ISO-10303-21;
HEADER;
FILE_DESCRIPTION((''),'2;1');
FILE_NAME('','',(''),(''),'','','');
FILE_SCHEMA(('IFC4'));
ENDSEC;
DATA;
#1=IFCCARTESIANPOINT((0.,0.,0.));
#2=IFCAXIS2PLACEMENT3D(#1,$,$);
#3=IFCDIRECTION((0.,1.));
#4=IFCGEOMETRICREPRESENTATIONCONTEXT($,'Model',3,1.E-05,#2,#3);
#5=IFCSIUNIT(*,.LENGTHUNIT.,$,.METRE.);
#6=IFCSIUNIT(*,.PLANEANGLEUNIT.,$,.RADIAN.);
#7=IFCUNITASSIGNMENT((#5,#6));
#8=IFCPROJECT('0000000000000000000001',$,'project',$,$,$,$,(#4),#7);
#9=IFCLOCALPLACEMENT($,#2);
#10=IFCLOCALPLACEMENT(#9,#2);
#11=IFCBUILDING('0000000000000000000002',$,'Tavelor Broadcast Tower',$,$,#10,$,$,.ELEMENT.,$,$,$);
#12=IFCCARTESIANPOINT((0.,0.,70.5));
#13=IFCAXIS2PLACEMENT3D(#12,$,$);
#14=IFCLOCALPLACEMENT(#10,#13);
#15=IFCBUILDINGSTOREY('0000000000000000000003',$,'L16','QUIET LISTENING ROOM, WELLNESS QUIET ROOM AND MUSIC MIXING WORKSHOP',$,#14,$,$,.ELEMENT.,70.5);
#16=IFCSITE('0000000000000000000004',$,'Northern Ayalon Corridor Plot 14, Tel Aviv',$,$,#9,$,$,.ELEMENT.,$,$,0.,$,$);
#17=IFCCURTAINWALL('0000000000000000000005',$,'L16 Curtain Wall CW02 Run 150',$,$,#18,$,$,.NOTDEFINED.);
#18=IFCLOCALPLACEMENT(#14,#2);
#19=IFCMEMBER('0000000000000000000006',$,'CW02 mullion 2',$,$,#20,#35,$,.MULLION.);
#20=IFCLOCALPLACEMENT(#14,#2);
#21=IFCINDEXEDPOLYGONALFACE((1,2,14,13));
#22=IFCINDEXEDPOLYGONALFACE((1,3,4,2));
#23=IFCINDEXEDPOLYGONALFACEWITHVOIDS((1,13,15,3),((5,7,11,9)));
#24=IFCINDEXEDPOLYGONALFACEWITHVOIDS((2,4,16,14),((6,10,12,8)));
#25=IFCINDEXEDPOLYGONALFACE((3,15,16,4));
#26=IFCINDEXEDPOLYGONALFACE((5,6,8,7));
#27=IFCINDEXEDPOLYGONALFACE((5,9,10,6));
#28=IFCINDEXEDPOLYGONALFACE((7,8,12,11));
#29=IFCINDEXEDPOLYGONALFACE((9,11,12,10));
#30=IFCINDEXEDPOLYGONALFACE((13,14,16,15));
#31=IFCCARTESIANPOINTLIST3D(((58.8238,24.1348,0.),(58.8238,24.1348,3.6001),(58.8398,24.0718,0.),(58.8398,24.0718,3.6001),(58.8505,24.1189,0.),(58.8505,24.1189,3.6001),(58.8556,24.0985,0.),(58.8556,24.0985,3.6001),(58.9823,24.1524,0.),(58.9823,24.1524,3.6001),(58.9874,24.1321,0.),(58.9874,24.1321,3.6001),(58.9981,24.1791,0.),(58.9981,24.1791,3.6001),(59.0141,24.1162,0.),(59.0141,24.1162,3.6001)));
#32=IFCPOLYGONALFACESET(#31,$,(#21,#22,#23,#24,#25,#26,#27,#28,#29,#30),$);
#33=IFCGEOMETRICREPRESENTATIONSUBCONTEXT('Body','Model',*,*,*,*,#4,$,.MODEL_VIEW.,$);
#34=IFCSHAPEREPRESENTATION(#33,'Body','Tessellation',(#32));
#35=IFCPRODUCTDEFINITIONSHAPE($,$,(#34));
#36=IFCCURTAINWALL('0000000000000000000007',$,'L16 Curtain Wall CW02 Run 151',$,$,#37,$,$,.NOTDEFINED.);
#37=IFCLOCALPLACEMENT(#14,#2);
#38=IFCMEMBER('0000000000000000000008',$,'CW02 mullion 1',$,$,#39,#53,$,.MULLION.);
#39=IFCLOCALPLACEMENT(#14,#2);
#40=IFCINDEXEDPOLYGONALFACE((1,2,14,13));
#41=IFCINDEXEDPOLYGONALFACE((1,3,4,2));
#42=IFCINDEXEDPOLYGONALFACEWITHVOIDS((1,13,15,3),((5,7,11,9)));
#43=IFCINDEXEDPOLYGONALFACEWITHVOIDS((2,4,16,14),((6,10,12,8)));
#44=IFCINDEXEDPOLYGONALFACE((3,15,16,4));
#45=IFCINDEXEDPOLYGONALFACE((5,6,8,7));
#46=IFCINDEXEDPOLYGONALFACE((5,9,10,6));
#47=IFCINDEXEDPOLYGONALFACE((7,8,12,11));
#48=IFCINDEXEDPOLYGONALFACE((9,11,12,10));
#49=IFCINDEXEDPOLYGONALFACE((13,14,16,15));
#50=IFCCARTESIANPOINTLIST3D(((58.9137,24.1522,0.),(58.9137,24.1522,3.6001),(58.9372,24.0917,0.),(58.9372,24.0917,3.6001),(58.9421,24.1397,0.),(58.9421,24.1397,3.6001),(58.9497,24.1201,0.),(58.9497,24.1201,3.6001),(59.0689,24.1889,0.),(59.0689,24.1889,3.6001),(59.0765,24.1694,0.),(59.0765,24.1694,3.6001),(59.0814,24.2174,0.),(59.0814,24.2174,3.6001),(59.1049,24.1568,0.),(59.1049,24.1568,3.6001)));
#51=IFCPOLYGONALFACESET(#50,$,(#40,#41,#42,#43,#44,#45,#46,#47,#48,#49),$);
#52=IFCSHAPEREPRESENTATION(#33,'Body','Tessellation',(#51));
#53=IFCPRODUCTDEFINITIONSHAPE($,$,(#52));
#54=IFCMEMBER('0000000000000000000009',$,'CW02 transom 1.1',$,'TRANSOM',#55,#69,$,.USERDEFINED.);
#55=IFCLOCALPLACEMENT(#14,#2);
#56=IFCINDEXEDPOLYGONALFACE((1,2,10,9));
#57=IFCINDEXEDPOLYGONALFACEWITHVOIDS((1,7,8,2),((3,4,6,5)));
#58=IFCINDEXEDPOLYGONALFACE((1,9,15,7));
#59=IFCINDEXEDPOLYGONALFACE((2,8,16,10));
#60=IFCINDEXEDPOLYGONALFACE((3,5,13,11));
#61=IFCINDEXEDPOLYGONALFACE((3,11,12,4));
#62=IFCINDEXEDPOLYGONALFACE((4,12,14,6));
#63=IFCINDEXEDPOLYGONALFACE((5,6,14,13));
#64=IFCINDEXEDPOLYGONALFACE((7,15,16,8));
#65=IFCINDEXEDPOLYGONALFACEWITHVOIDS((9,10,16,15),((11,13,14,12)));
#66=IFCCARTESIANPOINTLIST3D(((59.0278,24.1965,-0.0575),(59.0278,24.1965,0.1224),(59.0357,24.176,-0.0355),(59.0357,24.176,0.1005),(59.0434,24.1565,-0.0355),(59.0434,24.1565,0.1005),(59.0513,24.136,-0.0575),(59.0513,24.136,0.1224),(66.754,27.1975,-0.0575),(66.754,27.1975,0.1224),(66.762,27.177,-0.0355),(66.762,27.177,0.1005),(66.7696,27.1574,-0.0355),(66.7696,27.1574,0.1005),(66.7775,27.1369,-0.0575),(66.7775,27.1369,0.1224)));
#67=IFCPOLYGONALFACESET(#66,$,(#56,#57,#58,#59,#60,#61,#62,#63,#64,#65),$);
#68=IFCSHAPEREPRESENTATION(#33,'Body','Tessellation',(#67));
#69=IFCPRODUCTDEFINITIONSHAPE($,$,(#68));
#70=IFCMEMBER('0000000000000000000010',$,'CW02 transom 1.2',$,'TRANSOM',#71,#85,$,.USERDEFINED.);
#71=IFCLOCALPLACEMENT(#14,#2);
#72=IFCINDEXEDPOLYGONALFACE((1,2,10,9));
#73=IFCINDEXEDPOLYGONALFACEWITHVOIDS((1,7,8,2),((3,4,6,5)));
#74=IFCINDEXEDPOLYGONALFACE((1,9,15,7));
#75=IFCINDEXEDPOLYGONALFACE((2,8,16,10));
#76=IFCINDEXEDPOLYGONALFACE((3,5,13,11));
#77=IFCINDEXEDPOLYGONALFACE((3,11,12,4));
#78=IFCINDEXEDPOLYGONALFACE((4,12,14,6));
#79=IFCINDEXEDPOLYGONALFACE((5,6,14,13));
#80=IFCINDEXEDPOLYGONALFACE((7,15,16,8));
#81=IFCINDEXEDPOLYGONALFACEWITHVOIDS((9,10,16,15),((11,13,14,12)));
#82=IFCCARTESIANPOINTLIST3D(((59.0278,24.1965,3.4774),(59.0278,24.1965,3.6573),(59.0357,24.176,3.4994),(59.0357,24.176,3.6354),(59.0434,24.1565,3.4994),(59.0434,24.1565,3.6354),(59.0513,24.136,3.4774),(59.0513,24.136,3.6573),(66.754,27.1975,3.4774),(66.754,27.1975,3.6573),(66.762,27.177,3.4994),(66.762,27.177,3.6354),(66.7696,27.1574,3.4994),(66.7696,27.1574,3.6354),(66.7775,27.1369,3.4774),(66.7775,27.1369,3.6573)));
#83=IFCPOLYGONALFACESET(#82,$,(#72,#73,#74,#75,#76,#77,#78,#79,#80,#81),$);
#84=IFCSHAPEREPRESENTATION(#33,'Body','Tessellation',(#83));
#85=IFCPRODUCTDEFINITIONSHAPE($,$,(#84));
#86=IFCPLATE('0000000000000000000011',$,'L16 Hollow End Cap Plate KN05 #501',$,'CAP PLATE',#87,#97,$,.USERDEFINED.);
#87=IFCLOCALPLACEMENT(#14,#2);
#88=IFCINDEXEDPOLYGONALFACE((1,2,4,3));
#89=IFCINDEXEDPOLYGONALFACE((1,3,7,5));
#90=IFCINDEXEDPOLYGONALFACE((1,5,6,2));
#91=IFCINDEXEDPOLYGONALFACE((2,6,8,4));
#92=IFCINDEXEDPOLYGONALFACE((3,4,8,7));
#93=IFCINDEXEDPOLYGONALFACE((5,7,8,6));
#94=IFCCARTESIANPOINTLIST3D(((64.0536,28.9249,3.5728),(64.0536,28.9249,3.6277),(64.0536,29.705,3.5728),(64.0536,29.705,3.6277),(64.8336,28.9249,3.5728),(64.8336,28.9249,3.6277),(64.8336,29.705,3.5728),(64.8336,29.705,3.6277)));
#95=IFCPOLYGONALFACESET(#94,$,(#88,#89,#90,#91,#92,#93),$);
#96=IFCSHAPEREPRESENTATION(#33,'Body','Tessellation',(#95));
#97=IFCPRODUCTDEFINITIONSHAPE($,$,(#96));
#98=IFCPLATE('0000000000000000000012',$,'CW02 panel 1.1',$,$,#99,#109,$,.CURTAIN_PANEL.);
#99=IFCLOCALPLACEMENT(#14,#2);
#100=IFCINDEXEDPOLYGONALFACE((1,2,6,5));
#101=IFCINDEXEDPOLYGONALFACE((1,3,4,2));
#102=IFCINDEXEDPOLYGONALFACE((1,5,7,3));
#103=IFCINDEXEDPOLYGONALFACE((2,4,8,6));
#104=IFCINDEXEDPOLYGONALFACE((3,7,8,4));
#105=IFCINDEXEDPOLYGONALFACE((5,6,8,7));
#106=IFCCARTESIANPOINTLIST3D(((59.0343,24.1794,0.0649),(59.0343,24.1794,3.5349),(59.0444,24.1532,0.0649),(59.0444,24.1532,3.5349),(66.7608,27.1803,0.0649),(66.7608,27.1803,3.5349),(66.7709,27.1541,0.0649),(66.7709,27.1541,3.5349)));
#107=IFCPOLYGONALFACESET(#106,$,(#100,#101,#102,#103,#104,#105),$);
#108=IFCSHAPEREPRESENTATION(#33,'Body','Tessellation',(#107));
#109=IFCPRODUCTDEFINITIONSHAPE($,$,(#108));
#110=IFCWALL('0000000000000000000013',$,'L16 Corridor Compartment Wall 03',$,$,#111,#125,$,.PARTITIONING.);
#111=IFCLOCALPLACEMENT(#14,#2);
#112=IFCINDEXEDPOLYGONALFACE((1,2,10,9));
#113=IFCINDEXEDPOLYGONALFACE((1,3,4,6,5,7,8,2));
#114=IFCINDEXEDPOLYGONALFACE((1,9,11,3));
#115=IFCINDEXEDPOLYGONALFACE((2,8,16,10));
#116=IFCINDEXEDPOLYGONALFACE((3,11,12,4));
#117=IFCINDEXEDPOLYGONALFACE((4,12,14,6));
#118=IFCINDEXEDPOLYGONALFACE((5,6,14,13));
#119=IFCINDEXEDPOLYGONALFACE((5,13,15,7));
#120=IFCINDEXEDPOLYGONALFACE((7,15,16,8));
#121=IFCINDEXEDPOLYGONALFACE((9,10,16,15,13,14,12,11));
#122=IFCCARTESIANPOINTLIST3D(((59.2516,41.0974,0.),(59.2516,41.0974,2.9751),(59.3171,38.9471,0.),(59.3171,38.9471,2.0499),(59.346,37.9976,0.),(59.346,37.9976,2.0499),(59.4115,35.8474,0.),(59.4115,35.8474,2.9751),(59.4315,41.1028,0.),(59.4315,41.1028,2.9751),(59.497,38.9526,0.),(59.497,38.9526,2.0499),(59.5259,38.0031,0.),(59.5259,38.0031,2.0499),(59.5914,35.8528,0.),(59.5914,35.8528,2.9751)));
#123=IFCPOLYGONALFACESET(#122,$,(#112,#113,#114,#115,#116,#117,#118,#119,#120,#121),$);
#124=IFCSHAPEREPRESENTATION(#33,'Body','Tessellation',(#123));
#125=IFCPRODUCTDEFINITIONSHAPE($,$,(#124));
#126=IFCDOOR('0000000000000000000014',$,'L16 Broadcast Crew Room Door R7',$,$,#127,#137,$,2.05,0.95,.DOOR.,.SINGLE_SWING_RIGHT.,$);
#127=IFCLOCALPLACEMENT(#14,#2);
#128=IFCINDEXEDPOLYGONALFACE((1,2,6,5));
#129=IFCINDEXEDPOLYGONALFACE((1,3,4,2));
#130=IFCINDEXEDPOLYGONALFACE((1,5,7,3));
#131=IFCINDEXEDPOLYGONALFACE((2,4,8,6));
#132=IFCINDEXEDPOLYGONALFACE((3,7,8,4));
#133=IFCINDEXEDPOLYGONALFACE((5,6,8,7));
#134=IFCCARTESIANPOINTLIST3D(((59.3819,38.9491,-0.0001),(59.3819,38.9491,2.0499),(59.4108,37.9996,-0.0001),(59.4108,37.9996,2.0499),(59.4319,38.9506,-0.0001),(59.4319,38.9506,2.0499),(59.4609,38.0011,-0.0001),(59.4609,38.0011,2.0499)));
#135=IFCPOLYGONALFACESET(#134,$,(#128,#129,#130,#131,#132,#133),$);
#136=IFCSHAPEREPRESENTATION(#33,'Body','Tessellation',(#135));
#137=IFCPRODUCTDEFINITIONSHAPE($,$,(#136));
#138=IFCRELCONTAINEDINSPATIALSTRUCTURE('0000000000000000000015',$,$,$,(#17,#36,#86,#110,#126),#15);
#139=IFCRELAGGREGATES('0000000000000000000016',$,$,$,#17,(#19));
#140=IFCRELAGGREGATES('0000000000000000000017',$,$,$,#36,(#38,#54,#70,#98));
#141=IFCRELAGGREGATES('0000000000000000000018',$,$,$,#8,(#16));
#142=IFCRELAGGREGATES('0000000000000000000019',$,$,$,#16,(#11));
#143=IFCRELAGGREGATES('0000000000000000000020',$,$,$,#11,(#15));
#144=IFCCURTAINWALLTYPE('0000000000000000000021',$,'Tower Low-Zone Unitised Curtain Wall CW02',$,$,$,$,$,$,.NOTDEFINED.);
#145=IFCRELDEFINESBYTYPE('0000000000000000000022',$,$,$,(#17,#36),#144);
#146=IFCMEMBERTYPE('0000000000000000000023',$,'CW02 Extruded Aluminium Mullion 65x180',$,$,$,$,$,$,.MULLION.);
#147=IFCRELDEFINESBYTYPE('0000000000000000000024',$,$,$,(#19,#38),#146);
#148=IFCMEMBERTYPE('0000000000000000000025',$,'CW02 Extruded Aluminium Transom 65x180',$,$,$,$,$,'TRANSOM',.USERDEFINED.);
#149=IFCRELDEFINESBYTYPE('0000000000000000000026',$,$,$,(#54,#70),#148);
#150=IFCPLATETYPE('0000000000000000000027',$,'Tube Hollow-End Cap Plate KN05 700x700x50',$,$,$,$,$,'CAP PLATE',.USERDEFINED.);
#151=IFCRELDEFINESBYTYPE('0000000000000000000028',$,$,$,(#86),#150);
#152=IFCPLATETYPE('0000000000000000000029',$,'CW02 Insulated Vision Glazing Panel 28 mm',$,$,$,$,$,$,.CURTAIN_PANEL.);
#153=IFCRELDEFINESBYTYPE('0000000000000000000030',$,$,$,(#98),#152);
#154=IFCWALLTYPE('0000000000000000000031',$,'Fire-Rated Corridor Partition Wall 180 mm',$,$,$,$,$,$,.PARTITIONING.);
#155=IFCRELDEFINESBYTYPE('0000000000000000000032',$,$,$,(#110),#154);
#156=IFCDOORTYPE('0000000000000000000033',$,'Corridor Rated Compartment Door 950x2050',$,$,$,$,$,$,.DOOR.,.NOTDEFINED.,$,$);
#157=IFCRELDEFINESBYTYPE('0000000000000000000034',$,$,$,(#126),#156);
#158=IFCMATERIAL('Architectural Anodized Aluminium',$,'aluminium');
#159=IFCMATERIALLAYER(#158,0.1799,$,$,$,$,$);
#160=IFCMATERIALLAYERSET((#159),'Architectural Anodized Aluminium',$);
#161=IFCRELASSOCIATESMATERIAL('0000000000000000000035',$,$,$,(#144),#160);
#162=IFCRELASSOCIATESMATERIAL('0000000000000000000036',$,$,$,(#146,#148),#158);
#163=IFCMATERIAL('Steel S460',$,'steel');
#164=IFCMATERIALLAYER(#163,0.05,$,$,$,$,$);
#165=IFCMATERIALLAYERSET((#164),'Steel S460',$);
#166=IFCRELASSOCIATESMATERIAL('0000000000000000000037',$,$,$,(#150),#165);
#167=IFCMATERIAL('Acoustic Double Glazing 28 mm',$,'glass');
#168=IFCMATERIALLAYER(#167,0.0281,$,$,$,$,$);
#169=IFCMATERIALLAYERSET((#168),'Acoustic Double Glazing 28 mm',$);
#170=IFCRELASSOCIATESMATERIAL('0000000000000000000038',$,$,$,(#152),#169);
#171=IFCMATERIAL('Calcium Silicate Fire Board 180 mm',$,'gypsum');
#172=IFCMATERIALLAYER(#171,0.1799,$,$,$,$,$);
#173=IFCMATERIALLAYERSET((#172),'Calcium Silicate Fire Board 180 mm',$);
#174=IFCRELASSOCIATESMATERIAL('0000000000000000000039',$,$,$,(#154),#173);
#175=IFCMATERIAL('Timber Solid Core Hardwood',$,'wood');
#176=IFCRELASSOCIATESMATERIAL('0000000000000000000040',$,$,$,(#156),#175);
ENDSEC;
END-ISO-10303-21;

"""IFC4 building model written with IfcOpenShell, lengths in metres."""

from ifc_helpers import new_model, si_unit, direction, frame, frame_2d, origin, origin_2d, place, context, subcontext, project, spatial, rectangle, hollow_rectangle, extrude, source, transform, mapped, material, layer, layer_set, material_profile, profile_set, type_object, type_shapes, element, fill, aggregate, save


model = new_model("IFC4")

# Units and contexts
model_context = context("Model", 3, precision=1e-05, world=origin(), true_north=direction((0.0, 1.0)))
body_context = subcontext(model_context, "Body", "Model", "MODEL_VIEW")
ifc_project = project(units=[si_unit("LENGTHUNIT", "METRE"), si_unit("PLANEANGLEUNIT", "RADIAN")], contexts=[model_context])

# Site, building, storey
site_placement = place(None, origin())
site = spatial("IfcSite", under=ifc_project, at=site_placement, Name="Northern Ayalon Corridor Plot 14, Tel Aviv", CompositionType="ELEMENT", RefElevation=0.0)
building_placement = place(site_placement, origin())
building = spatial("IfcBuilding", under=site, at=building_placement, Name="Tavelor Broadcast Tower", CompositionType="ELEMENT")
storey_placement = place(building_placement, frame((0.0, 0.0, 70.5)))
storey = spatial("IfcBuildingStorey", under=building, at=storey_placement, Name="L16", Description="QUIET LISTENING ROOM, WELLNESS QUIET ROOM AND MUSIC MIXING WORKSHOP", CompositionType="ELEMENT", Elevation=70.5)

# Shared definitions
ifc_material_1 = material(Name="Steel S460", Category="steel")

# Curtain wall, member
ifc_material_2 = material(Name="Architectural Anodized Aluminium", Category="aluminium")
ifc_layer_1 = layer(ifc_material_2, 0.1799)
ifc_layer_set_1 = layer_set([ifc_layer_1], Name="Architectural Anodized Aluminium")
curtain_wall_type = type_object("IfcCurtainWallType", Name="Tower Low-Zone Unitised Curtain Wall CW02", PredefinedType="NOTDEFINED", material=ifc_layer_set_1)
curtain_wall_1_placement = place(storey_placement, origin())
curtain_wall_1 = element("IfcCurtainWall", 1, at=curtain_wall_1_placement, inside=storey, type_object=curtain_wall_type, Name="L16 Curtain Wall CW02 Run 150", PredefinedType="NOTDEFINED")
ifc_material_profile_1 = material_profile(ifc_material_2, hollow_rectangle(XDim=0.0649, YDim=0.1799, WallThickness=0.022, at=origin_2d()), Name="RHS 65x180x22")
ifc_profile_set_1 = profile_set([ifc_material_profile_1], Name="Architectural Anodized Aluminium")
member_type_1 = type_object("IfcMemberType", Name="CW02 Extruded Aluminium Mullion 65x180", PredefinedType="MULLION", material=ifc_profile_set_1)
shared_shape_1 = source(origin(), body_context, "Body", "SweptSolid", [
    extrude(hollow_rectangle(XDim=0.0649, YDim=0.1799, WallThickness=0.022, at=origin_2d()), origin(), (0.0, 0.0, 1.0), 3.6001),
])
type_shapes(member_type_1, [shared_shape_1])
member_1_placement = place(storey_placement, frame((58.9189, 24.1255, 0.0), z_axis=(0.0, 0.0, 1.0), x_axis=(-0.246575, 0.969124, 0.0)))
member_1 = element("IfcMember", 2, at=member_1_placement, type_object=member_type_1, Name="CW02 mullion 2", PredefinedType="MULLION", context=body_context, shape_type="MappedRepresentation", body=[
    mapped(shared_shape_1, transform((0.0, 0.0, 0.0), scale=1.0)),
])
aggregate(curtain_wall_1, [member_1])

# Curtain wall, members
curtain_wall_2_placement = place(storey_placement, origin())
curtain_wall_2 = element("IfcCurtainWall", 3, at=curtain_wall_2_placement, inside=storey, type_object=curtain_wall_type, Name="L16 Curtain Wall CW02 Run 151", PredefinedType="NOTDEFINED")
member_2_placement = place(storey_placement, frame((59.0093, 24.1545, 0.0), z_axis=(0.0, 0.0, 1.0), x_axis=(-0.36205, 0.932159, 0.0)))
member_2 = element("IfcMember", 4, at=member_2_placement, type_object=member_type_1, Name="CW02 mullion 1", PredefinedType="MULLION", context=body_context, shape_type="MappedRepresentation", body=[
    mapped(shared_shape_1, transform((0.0, 0.0, 0.0), scale=1.0)),
])
ifc_material_profile_2 = material_profile(ifc_material_2, hollow_rectangle(XDim=0.0649, YDim=0.1799, WallThickness=0.022, at=origin_2d()), Name="RHS 65x180x22")
ifc_profile_set_2 = profile_set([ifc_material_profile_2], Name="Architectural Anodized Aluminium")
member_type_2 = type_object("IfcMemberType", Name="CW02 Extruded Aluminium Transom 65x180", ElementType="TRANSOM", PredefinedType="USERDEFINED", material=ifc_profile_set_2)
shared_shape_2 = source(origin(), body_context, "Body", "SweptSolid", [
    extrude(hollow_rectangle(XDim=0.0649, YDim=0.1799, WallThickness=0.022, at=origin_2d()), origin(), (0.0, 0.0, 1.0), 8.2886),
])
type_shapes(member_type_2, [shared_shape_2])
member_3_placement = place(storey_placement, frame((59.0396, 24.1663, 0.0325), z_axis=(0.932155, 0.362058, 0.0), x_axis=(-0.362058, 0.932155, 0.0)))
member_3 = element("IfcMember", 5, at=member_3_placement, type_object=member_type_2, Name="CW02 transom 1.1", ObjectType="TRANSOM", PredefinedType="USERDEFINED", context=body_context, shape_type="MappedRepresentation", body=[
    mapped(shared_shape_2, transform((0.0, 0.0, 0.0), scale=1.0)),
])
member_4_placement = place(storey_placement, frame((59.0396, 24.1663, 3.5674), z_axis=(0.932155, 0.362058, 0.0), x_axis=(-0.362058, 0.932155, 0.0)))
member_4 = element("IfcMember", 6, at=member_4_placement, type_object=member_type_2, Name="CW02 transom 1.2", ObjectType="TRANSOM", PredefinedType="USERDEFINED", context=body_context, shape_type="MappedRepresentation", body=[
    mapped(shared_shape_2, transform((0.0, 0.0, 0.0), scale=1.0)),
])

# Plates
ifc_layer_2 = layer(ifc_material_1, 0.05)
ifc_layer_set_2 = layer_set([ifc_layer_2], Name="Steel S460")
plate_type_1 = type_object("IfcPlateType", Name="Tube Hollow-End Cap Plate KN05 700x700x50", ElementType="CAP PLATE", PredefinedType="USERDEFINED", material=ifc_layer_set_2)
shared_shape_3 = source(origin(), body_context, "Body", "SweptSolid", [
    extrude(rectangle(XDim=0.78, YDim=0.78, at=origin_2d()), origin(), (0.0, 0.0, 1.0), 0.0549),
])
type_shapes(plate_type_1, [shared_shape_3])
plate_1_placement = place(storey_placement, frame((64.4436, 29.3149, 3.5728), z_axis=(0.0, 0.0, 1.0), x_axis=(1.0, 0.0, 0.0)))
element("IfcPlate", 7, at=plate_1_placement, inside=storey, type_object=plate_type_1, Name="L16 Hollow End Cap Plate KN05 #501", ObjectType="CAP PLATE", PredefinedType="USERDEFINED", context=body_context, shape_type="MappedRepresentation", body=[
    mapped(shared_shape_3, transform((0.0, 0.0, 0.0), scale=1.0)),
])
ifc_material_3 = material(Name="Acoustic Double Glazing 28 mm", Category="glass")
ifc_layer_3 = layer(ifc_material_3, 0.0281)
ifc_layer_set_3 = layer_set([ifc_layer_3], Name="Acoustic Double Glazing 28 mm")
plate_type_2 = type_object("IfcPlateType", Name="CW02 Insulated Vision Glazing Panel 28 mm", PredefinedType="CURTAIN_PANEL", material=ifc_layer_set_3)
shared_shape_4 = source(origin(), body_context, "Body", "SweptSolid", [
    extrude(rectangle(XDim=8.2888, YDim=0.0281, at=origin_2d()), origin(), (0.0, 0.0, 1.0), 3.47),
])
type_shapes(plate_type_2, [shared_shape_4])
plate_2_placement = place(storey_placement, frame((62.9026, 25.6667, 0.0649), z_axis=(0.0, 0.0, 1.0), x_axis=(0.932159, 0.36205, 0.0)))
plate_2 = element("IfcPlate", 8, at=plate_2_placement, type_object=plate_type_2, Name="CW02 panel 1.1", PredefinedType="CURTAIN_PANEL", context=body_context, shape_type="MappedRepresentation", body=[
    mapped(shared_shape_4, transform((0.0, 0.0, 0.0), scale=1.0)),
])
aggregate(curtain_wall_2, [member_2, member_3, member_4, plate_2])

# Wall, opening, door
ifc_material_4 = material(Name="Calcium Silicate Fire Board 180 mm", Category="gypsum")
ifc_layer_4 = layer(ifc_material_4, 0.1799)
ifc_layer_set_4 = layer_set([ifc_layer_4], Name="Calcium Silicate Fire Board 180 mm")
wall_type_1 = type_object("IfcWallType", Name="Fire-Rated Corridor Partition Wall 180 mm", PredefinedType="PARTITIONING", material=ifc_layer_set_4)
wall_1_placement = place(storey_placement, frame((59.3416, 41.1001, 0.0), z_axis=(0.0, 0.0, 1.0), x_axis=(0.030445, -0.999536, 0.0)))
wall_1 = element("IfcWall", 9, at=wall_1_placement, inside=storey, type_object=wall_type_1, Name="L16 Corridor Compartment Wall 03", PredefinedType="PARTITIONING", context=body_context, shape_type="SweptSolid", body=[
    extrude(rectangle(XDim=5.2524, YDim=0.1799, at=frame_2d((2.6262, 0.0))), origin(), (0.0, 0.0, 1.0), 2.9751),
])
opening_1_placement = place(wall_1_placement, frame((2.1511, 0.0, 0.0)))
opening_1 = element("IfcOpeningElement", 10, at=opening_1_placement, cuts=wall_1, PredefinedType="OPENING", context=body_context, shape_type="SweptSolid", body=[
    extrude(rectangle(XDim=0.95, YDim=2.05, at=frame_2d((0.4751, 1.0249))), frame((0.0, 0.1001, 0.0), z_axis=(0.0, -1.0, 0.0), x_axis=(1.0, 0.0, 0.0)), (0.0, 0.0, 1.0), 0.2),
])
ifc_material_5 = material(Name="Timber Solid Core Hardwood", Category="wood")
door_type_1 = type_object("IfcDoorType", Name="Corridor Rated Compartment Door 950x2050", OperationType="NOTDEFINED", PredefinedType="DOOR", material=ifc_material_5)
door_1_placement = place(opening_1_placement, origin())
door_1 = element("IfcDoor", 11, at=door_1_placement, inside=storey, type_object=door_type_1, Name="L16 Broadcast Crew Room Door R7", OperationType="SINGLE_SWING_RIGHT", OverallHeight=2.05, OverallWidth=0.95, PredefinedType="DOOR", context=body_context, shape_type="SweptSolid", body=[
    extrude(rectangle(XDim=0.95, YDim=2.05, at=frame_2d((0.4751, 1.0249))), frame((0.0, 0.0249, 0.0), z_axis=(0.0, -1.0, 0.0), x_axis=(1.0, 0.0, 0.0)), (0.0, 0.0, 1.0), 0.05),
])
fill(opening_1, door_1)

save(model, "model.ifc")
